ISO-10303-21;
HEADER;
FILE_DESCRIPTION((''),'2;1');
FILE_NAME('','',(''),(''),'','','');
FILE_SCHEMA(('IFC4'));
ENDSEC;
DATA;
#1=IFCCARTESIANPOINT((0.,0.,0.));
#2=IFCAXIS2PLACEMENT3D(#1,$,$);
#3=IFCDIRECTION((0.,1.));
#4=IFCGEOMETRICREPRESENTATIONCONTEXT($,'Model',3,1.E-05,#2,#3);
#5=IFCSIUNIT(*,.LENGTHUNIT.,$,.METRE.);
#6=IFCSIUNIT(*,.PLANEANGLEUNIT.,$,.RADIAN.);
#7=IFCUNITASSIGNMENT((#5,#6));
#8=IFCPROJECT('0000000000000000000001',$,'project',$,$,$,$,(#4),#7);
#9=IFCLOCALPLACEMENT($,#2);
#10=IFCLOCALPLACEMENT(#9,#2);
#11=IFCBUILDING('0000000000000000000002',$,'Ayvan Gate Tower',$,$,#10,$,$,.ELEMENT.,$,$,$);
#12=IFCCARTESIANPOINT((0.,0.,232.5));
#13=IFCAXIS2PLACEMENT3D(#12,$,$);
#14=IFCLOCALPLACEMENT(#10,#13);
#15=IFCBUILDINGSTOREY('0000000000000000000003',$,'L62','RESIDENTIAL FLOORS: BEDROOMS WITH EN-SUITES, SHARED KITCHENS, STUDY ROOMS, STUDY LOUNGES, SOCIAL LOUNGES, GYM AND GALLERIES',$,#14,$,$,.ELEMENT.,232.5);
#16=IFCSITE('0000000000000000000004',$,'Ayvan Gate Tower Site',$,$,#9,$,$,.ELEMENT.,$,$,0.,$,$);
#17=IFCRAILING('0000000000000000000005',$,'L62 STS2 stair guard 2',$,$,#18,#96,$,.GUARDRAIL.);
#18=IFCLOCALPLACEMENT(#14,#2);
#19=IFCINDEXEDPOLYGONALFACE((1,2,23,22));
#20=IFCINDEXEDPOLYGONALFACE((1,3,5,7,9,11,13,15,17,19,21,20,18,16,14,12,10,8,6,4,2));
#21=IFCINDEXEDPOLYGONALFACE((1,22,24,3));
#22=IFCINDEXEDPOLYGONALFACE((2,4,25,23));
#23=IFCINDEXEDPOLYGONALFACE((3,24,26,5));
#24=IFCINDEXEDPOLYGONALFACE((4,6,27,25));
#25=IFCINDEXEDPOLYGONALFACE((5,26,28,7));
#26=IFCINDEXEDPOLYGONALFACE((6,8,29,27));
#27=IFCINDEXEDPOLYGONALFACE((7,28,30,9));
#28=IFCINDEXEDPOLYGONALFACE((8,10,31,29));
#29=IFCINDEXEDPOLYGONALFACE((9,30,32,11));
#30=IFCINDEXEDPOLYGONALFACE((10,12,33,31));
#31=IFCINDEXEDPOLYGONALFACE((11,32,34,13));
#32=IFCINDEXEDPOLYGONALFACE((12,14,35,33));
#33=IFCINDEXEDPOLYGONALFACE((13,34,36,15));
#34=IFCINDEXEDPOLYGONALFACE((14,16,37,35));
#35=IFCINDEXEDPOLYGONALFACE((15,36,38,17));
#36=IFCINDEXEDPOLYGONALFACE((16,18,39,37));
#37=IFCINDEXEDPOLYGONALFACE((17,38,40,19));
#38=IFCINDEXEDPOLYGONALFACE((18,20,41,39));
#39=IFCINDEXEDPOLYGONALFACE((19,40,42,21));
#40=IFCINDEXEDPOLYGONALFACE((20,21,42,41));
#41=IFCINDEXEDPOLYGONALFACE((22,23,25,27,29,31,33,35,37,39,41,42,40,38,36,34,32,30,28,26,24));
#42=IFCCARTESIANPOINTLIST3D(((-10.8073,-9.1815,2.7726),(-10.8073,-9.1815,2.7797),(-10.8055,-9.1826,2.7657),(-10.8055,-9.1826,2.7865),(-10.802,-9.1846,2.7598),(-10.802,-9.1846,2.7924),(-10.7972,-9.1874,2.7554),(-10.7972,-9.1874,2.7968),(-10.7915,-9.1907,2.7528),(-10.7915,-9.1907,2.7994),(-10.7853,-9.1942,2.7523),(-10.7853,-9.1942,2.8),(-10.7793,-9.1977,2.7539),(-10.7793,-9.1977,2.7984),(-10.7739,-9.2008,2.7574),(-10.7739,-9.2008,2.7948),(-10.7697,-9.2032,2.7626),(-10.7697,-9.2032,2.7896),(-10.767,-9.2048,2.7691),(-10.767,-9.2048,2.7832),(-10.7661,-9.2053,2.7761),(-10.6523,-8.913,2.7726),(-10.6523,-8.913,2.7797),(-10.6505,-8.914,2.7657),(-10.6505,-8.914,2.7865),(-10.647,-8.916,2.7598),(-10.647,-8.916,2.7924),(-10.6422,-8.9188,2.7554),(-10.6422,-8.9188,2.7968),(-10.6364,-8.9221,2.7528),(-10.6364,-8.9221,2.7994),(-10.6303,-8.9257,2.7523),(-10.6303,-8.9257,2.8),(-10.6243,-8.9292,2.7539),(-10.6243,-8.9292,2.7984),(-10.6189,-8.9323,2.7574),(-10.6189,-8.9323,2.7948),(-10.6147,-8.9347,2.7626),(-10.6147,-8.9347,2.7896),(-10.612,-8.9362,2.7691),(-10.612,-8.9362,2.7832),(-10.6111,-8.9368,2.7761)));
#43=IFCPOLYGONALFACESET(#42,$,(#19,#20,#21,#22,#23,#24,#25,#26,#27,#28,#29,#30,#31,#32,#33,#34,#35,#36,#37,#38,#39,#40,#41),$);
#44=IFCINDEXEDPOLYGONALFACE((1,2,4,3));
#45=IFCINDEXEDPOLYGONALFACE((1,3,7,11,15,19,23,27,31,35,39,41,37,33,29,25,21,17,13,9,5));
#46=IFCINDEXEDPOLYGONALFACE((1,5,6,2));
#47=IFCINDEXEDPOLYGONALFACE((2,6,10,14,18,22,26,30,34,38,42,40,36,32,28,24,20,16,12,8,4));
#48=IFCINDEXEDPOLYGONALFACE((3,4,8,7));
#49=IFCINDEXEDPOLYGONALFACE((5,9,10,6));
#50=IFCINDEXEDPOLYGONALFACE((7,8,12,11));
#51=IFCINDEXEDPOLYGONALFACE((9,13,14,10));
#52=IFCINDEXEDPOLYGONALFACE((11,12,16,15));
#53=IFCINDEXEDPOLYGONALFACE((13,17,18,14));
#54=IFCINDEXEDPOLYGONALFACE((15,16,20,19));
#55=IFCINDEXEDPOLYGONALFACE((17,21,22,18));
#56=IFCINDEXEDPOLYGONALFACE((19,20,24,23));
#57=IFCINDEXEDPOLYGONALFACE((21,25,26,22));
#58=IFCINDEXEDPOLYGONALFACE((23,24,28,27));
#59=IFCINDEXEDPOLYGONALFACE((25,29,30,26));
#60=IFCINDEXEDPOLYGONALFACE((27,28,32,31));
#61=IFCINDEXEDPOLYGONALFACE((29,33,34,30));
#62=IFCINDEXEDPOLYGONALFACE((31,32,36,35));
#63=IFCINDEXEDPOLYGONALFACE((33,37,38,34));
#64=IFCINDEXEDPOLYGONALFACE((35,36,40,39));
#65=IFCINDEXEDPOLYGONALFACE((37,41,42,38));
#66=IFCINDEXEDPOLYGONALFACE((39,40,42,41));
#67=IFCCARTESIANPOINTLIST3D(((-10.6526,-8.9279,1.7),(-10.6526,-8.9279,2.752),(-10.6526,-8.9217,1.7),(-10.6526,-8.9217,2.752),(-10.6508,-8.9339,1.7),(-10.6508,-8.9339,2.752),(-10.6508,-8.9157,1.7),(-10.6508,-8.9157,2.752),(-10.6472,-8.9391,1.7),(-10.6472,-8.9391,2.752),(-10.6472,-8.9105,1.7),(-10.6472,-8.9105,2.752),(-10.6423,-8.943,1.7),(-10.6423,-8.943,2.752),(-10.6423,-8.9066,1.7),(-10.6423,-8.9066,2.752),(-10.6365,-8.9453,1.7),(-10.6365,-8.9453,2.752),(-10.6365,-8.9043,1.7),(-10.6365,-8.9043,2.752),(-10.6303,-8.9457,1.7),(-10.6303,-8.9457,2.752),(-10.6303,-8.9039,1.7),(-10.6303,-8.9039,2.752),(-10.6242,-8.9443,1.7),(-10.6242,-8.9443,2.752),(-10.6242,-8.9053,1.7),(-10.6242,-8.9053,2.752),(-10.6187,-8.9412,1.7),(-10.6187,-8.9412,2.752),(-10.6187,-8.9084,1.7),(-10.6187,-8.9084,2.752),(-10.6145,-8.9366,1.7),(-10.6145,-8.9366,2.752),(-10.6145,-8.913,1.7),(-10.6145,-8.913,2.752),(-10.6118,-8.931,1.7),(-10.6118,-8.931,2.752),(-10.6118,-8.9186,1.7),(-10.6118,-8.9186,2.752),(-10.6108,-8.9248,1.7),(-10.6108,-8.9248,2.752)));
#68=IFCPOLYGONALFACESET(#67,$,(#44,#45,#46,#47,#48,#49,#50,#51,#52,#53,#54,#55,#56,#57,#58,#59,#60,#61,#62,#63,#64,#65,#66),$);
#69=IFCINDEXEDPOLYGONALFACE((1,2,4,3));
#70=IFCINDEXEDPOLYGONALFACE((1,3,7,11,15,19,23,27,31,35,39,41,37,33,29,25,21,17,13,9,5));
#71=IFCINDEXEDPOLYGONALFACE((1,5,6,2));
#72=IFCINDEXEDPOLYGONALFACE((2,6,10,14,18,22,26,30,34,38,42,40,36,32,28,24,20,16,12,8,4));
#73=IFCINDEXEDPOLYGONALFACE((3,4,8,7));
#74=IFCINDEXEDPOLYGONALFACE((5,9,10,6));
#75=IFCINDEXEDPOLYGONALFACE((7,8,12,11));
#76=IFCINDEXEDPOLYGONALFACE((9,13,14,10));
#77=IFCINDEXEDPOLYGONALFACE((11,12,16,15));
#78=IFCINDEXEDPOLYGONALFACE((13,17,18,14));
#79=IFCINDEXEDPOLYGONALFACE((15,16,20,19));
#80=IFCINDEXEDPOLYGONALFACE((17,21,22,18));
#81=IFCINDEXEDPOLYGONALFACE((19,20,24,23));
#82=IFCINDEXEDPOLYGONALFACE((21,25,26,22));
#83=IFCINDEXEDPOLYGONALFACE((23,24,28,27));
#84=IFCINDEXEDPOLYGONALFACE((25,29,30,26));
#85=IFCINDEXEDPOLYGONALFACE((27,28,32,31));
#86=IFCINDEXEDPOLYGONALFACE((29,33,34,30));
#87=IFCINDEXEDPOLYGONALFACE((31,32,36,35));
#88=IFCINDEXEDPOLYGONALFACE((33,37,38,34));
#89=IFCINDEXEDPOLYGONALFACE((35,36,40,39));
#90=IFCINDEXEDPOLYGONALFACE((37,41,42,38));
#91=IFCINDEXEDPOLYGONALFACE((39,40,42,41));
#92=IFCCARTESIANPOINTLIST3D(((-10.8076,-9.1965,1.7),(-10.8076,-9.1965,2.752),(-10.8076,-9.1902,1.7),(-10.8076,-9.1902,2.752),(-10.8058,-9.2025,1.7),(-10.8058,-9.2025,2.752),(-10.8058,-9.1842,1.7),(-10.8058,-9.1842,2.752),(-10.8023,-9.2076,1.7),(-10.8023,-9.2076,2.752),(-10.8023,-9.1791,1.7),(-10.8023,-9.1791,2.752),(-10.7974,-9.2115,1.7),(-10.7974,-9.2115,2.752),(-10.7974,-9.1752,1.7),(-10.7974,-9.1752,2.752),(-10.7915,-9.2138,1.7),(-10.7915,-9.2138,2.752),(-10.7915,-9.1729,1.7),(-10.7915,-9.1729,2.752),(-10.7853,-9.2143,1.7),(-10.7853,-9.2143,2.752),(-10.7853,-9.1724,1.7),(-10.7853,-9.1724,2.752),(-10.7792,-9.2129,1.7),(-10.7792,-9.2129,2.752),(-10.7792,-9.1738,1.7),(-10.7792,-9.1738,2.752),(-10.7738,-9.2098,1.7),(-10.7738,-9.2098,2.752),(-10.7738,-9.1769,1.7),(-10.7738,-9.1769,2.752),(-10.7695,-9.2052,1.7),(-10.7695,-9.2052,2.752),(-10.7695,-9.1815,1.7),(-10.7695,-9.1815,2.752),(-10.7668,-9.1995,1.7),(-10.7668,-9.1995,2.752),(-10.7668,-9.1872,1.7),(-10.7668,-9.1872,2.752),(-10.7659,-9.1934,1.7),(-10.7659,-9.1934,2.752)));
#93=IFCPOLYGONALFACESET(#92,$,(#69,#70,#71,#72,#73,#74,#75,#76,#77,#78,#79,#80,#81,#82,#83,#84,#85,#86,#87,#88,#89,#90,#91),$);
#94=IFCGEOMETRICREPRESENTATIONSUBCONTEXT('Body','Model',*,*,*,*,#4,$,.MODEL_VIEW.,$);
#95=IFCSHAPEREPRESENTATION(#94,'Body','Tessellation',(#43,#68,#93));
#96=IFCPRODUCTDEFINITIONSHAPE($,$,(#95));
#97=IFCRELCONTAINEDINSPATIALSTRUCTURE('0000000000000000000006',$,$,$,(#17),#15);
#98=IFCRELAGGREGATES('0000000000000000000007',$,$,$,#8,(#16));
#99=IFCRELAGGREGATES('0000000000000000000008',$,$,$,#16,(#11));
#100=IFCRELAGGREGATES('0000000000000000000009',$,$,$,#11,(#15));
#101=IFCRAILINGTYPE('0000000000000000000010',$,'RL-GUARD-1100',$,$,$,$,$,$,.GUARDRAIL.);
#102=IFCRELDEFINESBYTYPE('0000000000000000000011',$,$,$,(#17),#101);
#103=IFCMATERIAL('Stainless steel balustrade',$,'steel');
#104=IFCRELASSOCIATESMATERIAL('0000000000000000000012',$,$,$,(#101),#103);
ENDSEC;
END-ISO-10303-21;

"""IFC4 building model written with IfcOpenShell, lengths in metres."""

from ifc_helpers import new_model, si_unit, direction, frame, origin, origin_2d, place, context, subcontext, project, spatial, circle, extrude, material, type_object, element, save


model = new_model("IFC4")

# Units and contexts
model_context = context("Model", 3, precision=1e-05, world=origin(), true_north=direction((0.0, 1.0)))
body_context = subcontext(model_context, "Body", "Model", "MODEL_VIEW")
ifc_project = project(units=[si_unit("LENGTHUNIT", "METRE"), si_unit("PLANEANGLEUNIT", "RADIAN")], contexts=[model_context])

# Site, building, storey
site_placement = place(None, origin())
site = spatial("IfcSite", under=ifc_project, at=site_placement, Name="Ayvan Gate Tower Site", CompositionType="ELEMENT", RefElevation=0.0)
building_placement = place(site_placement, origin())
building = spatial("IfcBuilding", under=site, at=building_placement, Name="Ayvan Gate Tower", CompositionType="ELEMENT")
storey_placement = place(building_placement, frame((0.0, 0.0, 232.5)))
storey = spatial("IfcBuildingStorey", under=building, at=storey_placement, Name="L62", Description="RESIDENTIAL FLOORS: BEDROOMS WITH EN-SUITES, SHARED KITCHENS, STUDY ROOMS, STUDY LOUNGES, SOCIAL LOUNGES, GYM AND GALLERIES", CompositionType="ELEMENT", Elevation=232.5)

# Railing
ifc_material_1 = material(Name="Stainless steel balustrade", Category="steel")
railing_type_1 = type_object("IfcRailingType", Name="RL-GUARD-1100", PredefinedType="GUARDRAIL", material=ifc_material_1)
railing_1_placement = place(storey_placement, frame((-10.6318, -8.9248, 1.7)))
element("IfcRailing", 1, at=railing_1_placement, inside=storey, type_object=railing_type_1, Name="L62 STS2 stair guard 2", PredefinedType="GUARDRAIL", context=body_context, shape_type="SweptSolid", body=[
    extrude(circle(Radius=0.0239, at=origin_2d()), frame((0.0, 0.0, 1.0762), z_axis=(-0.49995, -0.866054, 0.0), x_axis=(0.866054, -0.49995, 0.0)), (0.0, 0.0, 1.0), 0.3101),
    extrude(circle(Radius=0.021, at=origin_2d()), origin(), (0.0, 0.0, 1.0), 1.052),
    extrude(circle(Radius=0.021, at=origin_2d()), frame((-0.155, -0.2686, 0.0)), (0.0, 0.0, 1.0), 1.052),
])

save(model, "model.ifc")
